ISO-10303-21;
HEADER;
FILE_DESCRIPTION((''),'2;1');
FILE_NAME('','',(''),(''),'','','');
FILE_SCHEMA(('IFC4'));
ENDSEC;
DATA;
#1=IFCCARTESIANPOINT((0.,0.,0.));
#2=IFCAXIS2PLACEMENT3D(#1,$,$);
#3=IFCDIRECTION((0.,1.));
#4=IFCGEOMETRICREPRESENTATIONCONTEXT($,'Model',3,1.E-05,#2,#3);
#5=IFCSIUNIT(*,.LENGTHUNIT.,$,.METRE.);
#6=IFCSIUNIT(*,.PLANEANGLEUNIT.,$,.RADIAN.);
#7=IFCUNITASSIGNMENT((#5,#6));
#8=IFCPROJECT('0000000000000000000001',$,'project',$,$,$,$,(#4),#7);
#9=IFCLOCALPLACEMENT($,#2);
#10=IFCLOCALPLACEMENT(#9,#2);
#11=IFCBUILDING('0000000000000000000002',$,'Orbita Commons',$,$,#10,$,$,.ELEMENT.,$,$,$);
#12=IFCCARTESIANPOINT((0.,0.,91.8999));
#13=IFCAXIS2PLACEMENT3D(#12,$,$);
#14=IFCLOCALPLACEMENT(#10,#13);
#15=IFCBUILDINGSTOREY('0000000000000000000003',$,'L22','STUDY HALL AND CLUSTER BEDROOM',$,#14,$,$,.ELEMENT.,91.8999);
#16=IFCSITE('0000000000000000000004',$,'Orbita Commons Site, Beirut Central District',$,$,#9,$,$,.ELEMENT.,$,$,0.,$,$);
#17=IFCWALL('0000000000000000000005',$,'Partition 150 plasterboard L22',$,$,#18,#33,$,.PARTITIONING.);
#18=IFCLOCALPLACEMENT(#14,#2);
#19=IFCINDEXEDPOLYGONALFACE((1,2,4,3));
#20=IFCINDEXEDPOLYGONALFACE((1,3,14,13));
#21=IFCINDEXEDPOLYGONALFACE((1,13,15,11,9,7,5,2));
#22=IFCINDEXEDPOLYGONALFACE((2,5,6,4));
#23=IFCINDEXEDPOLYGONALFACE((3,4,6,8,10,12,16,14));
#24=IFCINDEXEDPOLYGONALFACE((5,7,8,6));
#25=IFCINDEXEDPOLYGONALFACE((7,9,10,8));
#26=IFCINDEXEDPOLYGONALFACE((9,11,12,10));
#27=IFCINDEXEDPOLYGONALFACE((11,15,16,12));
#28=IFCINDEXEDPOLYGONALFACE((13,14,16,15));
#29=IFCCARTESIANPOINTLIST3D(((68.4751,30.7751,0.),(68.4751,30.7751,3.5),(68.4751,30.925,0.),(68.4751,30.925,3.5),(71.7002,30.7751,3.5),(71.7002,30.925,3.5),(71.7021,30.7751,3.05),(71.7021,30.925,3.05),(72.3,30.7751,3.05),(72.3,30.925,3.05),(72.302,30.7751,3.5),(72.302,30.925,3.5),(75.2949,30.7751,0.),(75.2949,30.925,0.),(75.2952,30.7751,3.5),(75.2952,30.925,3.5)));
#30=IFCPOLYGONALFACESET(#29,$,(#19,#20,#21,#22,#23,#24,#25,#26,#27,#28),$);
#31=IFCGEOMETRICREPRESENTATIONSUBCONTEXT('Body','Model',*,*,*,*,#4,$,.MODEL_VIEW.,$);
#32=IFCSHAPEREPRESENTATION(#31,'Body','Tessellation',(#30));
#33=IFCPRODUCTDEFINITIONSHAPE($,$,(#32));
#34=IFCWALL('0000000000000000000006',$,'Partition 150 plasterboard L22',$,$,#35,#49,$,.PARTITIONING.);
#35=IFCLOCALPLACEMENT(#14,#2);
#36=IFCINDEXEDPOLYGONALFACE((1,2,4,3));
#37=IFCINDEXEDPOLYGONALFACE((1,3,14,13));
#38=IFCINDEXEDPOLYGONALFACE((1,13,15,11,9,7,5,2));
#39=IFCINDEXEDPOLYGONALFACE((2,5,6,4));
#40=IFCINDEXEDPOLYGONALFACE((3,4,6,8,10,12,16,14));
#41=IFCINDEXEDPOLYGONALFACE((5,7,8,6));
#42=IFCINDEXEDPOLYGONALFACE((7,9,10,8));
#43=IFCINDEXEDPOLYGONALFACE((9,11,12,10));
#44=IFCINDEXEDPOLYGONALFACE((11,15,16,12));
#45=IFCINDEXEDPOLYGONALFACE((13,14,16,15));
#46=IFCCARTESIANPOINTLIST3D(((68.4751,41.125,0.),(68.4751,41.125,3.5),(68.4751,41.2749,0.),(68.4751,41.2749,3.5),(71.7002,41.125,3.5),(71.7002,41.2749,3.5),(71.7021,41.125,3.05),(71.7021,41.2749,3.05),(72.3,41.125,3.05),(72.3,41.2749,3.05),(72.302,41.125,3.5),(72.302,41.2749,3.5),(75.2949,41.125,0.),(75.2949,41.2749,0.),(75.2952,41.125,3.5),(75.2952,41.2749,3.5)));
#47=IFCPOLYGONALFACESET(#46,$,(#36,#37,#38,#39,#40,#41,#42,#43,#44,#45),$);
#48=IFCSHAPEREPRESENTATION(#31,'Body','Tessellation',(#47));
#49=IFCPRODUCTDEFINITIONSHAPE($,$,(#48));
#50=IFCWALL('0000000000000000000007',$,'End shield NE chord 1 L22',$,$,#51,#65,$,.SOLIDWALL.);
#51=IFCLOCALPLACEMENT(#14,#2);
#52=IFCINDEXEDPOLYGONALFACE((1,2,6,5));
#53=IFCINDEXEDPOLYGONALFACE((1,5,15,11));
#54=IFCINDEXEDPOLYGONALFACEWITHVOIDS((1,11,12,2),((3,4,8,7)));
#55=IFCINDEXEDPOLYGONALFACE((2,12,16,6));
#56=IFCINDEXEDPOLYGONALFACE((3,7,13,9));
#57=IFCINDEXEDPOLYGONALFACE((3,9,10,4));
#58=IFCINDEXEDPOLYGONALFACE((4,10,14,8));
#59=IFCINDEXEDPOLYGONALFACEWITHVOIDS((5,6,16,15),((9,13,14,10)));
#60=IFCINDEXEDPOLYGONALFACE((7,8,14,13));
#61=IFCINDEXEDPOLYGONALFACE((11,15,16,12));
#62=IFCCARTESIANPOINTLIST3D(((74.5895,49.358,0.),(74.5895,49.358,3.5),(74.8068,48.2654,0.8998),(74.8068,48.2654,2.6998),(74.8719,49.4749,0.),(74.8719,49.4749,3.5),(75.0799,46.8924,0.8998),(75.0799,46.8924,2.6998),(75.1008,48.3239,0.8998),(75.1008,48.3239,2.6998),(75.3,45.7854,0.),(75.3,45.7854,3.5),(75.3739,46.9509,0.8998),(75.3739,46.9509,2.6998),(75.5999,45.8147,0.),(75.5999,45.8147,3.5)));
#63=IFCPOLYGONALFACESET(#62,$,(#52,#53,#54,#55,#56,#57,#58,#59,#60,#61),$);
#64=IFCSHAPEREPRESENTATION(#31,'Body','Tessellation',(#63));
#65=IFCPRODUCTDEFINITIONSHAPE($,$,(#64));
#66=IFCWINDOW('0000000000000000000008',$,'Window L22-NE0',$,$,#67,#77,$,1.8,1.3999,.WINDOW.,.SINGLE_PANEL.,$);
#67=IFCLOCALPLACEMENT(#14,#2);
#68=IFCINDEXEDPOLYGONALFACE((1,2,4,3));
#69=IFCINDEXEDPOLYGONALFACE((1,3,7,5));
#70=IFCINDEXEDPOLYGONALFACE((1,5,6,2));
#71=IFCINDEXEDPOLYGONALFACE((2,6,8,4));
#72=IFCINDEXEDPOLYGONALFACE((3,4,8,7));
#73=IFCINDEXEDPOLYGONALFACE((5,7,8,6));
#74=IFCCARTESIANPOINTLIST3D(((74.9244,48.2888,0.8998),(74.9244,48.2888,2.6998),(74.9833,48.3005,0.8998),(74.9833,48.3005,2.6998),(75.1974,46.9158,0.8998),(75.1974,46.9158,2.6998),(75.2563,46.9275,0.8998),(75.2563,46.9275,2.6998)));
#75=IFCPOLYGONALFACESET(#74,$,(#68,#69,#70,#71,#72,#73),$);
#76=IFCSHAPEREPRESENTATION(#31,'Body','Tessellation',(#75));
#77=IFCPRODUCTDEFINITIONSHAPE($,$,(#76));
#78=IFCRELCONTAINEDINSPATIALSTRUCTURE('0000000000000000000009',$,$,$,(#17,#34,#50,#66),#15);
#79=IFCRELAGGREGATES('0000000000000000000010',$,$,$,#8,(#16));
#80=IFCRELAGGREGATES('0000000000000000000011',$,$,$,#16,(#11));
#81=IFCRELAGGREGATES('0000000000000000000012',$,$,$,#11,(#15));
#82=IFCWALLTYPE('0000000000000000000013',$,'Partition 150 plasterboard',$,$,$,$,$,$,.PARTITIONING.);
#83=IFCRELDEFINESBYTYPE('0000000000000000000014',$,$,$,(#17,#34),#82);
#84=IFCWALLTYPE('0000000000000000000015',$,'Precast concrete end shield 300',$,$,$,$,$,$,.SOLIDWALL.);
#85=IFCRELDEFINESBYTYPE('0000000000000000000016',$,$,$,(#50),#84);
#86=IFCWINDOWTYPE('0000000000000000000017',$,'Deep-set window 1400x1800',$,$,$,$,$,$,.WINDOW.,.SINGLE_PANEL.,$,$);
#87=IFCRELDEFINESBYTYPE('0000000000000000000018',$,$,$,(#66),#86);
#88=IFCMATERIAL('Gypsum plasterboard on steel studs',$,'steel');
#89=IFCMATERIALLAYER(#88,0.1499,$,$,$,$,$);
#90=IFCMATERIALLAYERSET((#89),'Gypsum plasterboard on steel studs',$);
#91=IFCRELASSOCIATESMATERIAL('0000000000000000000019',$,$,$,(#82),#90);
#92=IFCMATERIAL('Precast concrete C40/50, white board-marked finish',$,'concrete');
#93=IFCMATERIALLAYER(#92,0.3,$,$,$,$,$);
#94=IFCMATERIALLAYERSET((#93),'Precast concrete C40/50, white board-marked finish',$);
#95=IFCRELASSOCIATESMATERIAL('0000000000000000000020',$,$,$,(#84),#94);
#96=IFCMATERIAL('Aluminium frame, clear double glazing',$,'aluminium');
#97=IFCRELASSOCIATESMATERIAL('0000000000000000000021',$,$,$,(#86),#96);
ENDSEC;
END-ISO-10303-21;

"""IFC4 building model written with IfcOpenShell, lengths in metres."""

from ifc_helpers import new_model, si_unit, direction, frame, frame_2d, origin, place, context, subcontext, project, spatial, polyline, rectangle, outline, extrude, material, layer, layer_set, type_object, element, fill, save


model = new_model("IFC4")

# Units and contexts
model_context = context("Model", 3, precision=1e-05, world=origin(), true_north=direction((0.0, 1.0)))
body_context = subcontext(model_context, "Body", "Model", "MODEL_VIEW")
ifc_project = project(units=[si_unit("LENGTHUNIT", "METRE"), si_unit("PLANEANGLEUNIT", "RADIAN")], contexts=[model_context])

# Site, building, storey
site_placement = place(None, origin())
site = spatial("IfcSite", under=ifc_project, at=site_placement, Name="Orbita Commons Site, Beirut Central District", CompositionType="ELEMENT", RefElevation=0.0)
building_placement = place(site_placement, origin())
building = spatial("IfcBuilding", under=site, at=building_placement, Name="Orbita Commons", CompositionType="ELEMENT")
storey_placement = place(building_placement, frame((0.0, 0.0, 91.8999)))
storey = spatial("IfcBuildingStorey", under=building, at=storey_placement, Name="L22", Description="STUDY HALL AND CLUSTER BEDROOM", CompositionType="ELEMENT", Elevation=91.8999)

# Walls
ifc_material_1 = material(Name="Gypsum plasterboard on steel studs", Category="steel")
ifc_layer_1 = layer(ifc_material_1, 0.1499)
ifc_layer_set_1 = layer_set([ifc_layer_1], Name="Gypsum plasterboard on steel studs")
wall_type_1 = type_object("IfcWallType", Name="Partition 150 plasterboard", PredefinedType="PARTITIONING", material=ifc_layer_set_1)
for number, where, z_axis, x_axis, name in (
    (1, (68.4751, 30.8501, 0.0), (0.0, 0.0, 1.0), (1.0, 0.0, 0.0), "Partition 150 plasterboard L22"),
    (2, (68.4751, 41.2, 0.0), (0.0, 0.0, 1.0), (1.0, 0.0, 0.0), "Partition 150 plasterboard L22"),
):
    element("IfcWall", number, at=place(storey_placement, frame(where, z_axis=z_axis, x_axis=x_axis)), inside=storey, type_object=wall_type_1, Name=name, PredefinedType="PARTITIONING", context=body_context, shape_type="SweptSolid", body=[
        extrude(outline(polyline([(0.0, 0.0), (6.8198, 0.0), (6.8201, 3.5), (3.8269, 3.5), (3.825, 3.05), (3.2271, 3.05), (3.2251, 3.5), (0.0, 3.5), (0.0, 0.0)])), frame((0.0, 0.075, 0.0), z_axis=(0.0, -1.0, 0.0), x_axis=(1.0, 0.0, 0.0)), (0.0, 0.0, 1.0), 0.1499),
    ])

# Wall, opening, window
ifc_material_2 = material(Name="Precast concrete C40/50, white board-marked finish", Category="concrete")
ifc_layer_2 = layer(ifc_material_2, 0.3)
ifc_layer_set_2 = layer_set([ifc_layer_2], Name="Precast concrete C40/50, white board-marked finish")
wall_type_2 = type_object("IfcWallType", Name="Precast concrete end shield 300", PredefinedType="SOLIDWALL", material=ifc_layer_set_2)
wall_1_placement = place(storey_placement, frame((75.45, 45.8, 0.0), z_axis=(0.0, 0.0, 1.0), x_axis=(-0.195059, 0.980791, 0.0)))
wall_1 = element("IfcWall", 3, at=wall_1_placement, inside=storey, type_object=wall_type_2, Name="End shield NE chord 1 L22", PredefinedType="SOLIDWALL", context=body_context, shape_type="SweptSolid", body=[
    extrude(outline(polyline([(-0.0149, -0.1499), (3.717, -0.1499), (3.6575, 0.1499), (0.0149, 0.1499), (-0.0149, -0.1499)])), origin(), (0.0, 0.0, 1.0), 3.5),
])
opening_1_placement = place(wall_1_placement, frame((1.1436, 0.0, 0.8999)))
opening_1 = element("IfcOpeningElement", 4, at=opening_1_placement, cuts=wall_1, PredefinedType="OPENING", context=body_context, shape_type="SweptSolid", body=[
    extrude(rectangle(XDim=1.3999, YDim=1.8, at=frame_2d((0.7, 0.8999))), frame((0.0, 0.1599, 0.0), z_axis=(0.0, -1.0, 0.0), x_axis=(1.0, 0.0, 0.0)), (0.0, 0.0, 1.0), 0.3201),
])
ifc_material_3 = material(Name="Aluminium frame, clear double glazing", Category="aluminium")
window_type = type_object("IfcWindowType", Name="Deep-set window 1400x1800", PartitioningType="SINGLE_PANEL", PredefinedType="WINDOW", material=ifc_material_3)
window_placement = place(opening_1_placement, origin())
window = element("IfcWindow", 5, at=window_placement, inside=storey, type_object=window_type, Name="Window L22-NE0", OverallHeight=1.8, OverallWidth=1.3999, PartitioningType="SINGLE_PANEL", PredefinedType="WINDOW", context=body_context, shape_type="SweptSolid", body=[
    extrude(rectangle(XDim=1.3999, YDim=1.8, at=frame_2d((0.7, 0.8999))), frame((0.0, 0.03, 0.0), z_axis=(0.0, -1.0, 0.0), x_axis=(1.0, 0.0, 0.0)), (0.0, 0.0, 1.0), 0.0601),
])
fill(opening_1, window)

save(model, "model.ifc")
